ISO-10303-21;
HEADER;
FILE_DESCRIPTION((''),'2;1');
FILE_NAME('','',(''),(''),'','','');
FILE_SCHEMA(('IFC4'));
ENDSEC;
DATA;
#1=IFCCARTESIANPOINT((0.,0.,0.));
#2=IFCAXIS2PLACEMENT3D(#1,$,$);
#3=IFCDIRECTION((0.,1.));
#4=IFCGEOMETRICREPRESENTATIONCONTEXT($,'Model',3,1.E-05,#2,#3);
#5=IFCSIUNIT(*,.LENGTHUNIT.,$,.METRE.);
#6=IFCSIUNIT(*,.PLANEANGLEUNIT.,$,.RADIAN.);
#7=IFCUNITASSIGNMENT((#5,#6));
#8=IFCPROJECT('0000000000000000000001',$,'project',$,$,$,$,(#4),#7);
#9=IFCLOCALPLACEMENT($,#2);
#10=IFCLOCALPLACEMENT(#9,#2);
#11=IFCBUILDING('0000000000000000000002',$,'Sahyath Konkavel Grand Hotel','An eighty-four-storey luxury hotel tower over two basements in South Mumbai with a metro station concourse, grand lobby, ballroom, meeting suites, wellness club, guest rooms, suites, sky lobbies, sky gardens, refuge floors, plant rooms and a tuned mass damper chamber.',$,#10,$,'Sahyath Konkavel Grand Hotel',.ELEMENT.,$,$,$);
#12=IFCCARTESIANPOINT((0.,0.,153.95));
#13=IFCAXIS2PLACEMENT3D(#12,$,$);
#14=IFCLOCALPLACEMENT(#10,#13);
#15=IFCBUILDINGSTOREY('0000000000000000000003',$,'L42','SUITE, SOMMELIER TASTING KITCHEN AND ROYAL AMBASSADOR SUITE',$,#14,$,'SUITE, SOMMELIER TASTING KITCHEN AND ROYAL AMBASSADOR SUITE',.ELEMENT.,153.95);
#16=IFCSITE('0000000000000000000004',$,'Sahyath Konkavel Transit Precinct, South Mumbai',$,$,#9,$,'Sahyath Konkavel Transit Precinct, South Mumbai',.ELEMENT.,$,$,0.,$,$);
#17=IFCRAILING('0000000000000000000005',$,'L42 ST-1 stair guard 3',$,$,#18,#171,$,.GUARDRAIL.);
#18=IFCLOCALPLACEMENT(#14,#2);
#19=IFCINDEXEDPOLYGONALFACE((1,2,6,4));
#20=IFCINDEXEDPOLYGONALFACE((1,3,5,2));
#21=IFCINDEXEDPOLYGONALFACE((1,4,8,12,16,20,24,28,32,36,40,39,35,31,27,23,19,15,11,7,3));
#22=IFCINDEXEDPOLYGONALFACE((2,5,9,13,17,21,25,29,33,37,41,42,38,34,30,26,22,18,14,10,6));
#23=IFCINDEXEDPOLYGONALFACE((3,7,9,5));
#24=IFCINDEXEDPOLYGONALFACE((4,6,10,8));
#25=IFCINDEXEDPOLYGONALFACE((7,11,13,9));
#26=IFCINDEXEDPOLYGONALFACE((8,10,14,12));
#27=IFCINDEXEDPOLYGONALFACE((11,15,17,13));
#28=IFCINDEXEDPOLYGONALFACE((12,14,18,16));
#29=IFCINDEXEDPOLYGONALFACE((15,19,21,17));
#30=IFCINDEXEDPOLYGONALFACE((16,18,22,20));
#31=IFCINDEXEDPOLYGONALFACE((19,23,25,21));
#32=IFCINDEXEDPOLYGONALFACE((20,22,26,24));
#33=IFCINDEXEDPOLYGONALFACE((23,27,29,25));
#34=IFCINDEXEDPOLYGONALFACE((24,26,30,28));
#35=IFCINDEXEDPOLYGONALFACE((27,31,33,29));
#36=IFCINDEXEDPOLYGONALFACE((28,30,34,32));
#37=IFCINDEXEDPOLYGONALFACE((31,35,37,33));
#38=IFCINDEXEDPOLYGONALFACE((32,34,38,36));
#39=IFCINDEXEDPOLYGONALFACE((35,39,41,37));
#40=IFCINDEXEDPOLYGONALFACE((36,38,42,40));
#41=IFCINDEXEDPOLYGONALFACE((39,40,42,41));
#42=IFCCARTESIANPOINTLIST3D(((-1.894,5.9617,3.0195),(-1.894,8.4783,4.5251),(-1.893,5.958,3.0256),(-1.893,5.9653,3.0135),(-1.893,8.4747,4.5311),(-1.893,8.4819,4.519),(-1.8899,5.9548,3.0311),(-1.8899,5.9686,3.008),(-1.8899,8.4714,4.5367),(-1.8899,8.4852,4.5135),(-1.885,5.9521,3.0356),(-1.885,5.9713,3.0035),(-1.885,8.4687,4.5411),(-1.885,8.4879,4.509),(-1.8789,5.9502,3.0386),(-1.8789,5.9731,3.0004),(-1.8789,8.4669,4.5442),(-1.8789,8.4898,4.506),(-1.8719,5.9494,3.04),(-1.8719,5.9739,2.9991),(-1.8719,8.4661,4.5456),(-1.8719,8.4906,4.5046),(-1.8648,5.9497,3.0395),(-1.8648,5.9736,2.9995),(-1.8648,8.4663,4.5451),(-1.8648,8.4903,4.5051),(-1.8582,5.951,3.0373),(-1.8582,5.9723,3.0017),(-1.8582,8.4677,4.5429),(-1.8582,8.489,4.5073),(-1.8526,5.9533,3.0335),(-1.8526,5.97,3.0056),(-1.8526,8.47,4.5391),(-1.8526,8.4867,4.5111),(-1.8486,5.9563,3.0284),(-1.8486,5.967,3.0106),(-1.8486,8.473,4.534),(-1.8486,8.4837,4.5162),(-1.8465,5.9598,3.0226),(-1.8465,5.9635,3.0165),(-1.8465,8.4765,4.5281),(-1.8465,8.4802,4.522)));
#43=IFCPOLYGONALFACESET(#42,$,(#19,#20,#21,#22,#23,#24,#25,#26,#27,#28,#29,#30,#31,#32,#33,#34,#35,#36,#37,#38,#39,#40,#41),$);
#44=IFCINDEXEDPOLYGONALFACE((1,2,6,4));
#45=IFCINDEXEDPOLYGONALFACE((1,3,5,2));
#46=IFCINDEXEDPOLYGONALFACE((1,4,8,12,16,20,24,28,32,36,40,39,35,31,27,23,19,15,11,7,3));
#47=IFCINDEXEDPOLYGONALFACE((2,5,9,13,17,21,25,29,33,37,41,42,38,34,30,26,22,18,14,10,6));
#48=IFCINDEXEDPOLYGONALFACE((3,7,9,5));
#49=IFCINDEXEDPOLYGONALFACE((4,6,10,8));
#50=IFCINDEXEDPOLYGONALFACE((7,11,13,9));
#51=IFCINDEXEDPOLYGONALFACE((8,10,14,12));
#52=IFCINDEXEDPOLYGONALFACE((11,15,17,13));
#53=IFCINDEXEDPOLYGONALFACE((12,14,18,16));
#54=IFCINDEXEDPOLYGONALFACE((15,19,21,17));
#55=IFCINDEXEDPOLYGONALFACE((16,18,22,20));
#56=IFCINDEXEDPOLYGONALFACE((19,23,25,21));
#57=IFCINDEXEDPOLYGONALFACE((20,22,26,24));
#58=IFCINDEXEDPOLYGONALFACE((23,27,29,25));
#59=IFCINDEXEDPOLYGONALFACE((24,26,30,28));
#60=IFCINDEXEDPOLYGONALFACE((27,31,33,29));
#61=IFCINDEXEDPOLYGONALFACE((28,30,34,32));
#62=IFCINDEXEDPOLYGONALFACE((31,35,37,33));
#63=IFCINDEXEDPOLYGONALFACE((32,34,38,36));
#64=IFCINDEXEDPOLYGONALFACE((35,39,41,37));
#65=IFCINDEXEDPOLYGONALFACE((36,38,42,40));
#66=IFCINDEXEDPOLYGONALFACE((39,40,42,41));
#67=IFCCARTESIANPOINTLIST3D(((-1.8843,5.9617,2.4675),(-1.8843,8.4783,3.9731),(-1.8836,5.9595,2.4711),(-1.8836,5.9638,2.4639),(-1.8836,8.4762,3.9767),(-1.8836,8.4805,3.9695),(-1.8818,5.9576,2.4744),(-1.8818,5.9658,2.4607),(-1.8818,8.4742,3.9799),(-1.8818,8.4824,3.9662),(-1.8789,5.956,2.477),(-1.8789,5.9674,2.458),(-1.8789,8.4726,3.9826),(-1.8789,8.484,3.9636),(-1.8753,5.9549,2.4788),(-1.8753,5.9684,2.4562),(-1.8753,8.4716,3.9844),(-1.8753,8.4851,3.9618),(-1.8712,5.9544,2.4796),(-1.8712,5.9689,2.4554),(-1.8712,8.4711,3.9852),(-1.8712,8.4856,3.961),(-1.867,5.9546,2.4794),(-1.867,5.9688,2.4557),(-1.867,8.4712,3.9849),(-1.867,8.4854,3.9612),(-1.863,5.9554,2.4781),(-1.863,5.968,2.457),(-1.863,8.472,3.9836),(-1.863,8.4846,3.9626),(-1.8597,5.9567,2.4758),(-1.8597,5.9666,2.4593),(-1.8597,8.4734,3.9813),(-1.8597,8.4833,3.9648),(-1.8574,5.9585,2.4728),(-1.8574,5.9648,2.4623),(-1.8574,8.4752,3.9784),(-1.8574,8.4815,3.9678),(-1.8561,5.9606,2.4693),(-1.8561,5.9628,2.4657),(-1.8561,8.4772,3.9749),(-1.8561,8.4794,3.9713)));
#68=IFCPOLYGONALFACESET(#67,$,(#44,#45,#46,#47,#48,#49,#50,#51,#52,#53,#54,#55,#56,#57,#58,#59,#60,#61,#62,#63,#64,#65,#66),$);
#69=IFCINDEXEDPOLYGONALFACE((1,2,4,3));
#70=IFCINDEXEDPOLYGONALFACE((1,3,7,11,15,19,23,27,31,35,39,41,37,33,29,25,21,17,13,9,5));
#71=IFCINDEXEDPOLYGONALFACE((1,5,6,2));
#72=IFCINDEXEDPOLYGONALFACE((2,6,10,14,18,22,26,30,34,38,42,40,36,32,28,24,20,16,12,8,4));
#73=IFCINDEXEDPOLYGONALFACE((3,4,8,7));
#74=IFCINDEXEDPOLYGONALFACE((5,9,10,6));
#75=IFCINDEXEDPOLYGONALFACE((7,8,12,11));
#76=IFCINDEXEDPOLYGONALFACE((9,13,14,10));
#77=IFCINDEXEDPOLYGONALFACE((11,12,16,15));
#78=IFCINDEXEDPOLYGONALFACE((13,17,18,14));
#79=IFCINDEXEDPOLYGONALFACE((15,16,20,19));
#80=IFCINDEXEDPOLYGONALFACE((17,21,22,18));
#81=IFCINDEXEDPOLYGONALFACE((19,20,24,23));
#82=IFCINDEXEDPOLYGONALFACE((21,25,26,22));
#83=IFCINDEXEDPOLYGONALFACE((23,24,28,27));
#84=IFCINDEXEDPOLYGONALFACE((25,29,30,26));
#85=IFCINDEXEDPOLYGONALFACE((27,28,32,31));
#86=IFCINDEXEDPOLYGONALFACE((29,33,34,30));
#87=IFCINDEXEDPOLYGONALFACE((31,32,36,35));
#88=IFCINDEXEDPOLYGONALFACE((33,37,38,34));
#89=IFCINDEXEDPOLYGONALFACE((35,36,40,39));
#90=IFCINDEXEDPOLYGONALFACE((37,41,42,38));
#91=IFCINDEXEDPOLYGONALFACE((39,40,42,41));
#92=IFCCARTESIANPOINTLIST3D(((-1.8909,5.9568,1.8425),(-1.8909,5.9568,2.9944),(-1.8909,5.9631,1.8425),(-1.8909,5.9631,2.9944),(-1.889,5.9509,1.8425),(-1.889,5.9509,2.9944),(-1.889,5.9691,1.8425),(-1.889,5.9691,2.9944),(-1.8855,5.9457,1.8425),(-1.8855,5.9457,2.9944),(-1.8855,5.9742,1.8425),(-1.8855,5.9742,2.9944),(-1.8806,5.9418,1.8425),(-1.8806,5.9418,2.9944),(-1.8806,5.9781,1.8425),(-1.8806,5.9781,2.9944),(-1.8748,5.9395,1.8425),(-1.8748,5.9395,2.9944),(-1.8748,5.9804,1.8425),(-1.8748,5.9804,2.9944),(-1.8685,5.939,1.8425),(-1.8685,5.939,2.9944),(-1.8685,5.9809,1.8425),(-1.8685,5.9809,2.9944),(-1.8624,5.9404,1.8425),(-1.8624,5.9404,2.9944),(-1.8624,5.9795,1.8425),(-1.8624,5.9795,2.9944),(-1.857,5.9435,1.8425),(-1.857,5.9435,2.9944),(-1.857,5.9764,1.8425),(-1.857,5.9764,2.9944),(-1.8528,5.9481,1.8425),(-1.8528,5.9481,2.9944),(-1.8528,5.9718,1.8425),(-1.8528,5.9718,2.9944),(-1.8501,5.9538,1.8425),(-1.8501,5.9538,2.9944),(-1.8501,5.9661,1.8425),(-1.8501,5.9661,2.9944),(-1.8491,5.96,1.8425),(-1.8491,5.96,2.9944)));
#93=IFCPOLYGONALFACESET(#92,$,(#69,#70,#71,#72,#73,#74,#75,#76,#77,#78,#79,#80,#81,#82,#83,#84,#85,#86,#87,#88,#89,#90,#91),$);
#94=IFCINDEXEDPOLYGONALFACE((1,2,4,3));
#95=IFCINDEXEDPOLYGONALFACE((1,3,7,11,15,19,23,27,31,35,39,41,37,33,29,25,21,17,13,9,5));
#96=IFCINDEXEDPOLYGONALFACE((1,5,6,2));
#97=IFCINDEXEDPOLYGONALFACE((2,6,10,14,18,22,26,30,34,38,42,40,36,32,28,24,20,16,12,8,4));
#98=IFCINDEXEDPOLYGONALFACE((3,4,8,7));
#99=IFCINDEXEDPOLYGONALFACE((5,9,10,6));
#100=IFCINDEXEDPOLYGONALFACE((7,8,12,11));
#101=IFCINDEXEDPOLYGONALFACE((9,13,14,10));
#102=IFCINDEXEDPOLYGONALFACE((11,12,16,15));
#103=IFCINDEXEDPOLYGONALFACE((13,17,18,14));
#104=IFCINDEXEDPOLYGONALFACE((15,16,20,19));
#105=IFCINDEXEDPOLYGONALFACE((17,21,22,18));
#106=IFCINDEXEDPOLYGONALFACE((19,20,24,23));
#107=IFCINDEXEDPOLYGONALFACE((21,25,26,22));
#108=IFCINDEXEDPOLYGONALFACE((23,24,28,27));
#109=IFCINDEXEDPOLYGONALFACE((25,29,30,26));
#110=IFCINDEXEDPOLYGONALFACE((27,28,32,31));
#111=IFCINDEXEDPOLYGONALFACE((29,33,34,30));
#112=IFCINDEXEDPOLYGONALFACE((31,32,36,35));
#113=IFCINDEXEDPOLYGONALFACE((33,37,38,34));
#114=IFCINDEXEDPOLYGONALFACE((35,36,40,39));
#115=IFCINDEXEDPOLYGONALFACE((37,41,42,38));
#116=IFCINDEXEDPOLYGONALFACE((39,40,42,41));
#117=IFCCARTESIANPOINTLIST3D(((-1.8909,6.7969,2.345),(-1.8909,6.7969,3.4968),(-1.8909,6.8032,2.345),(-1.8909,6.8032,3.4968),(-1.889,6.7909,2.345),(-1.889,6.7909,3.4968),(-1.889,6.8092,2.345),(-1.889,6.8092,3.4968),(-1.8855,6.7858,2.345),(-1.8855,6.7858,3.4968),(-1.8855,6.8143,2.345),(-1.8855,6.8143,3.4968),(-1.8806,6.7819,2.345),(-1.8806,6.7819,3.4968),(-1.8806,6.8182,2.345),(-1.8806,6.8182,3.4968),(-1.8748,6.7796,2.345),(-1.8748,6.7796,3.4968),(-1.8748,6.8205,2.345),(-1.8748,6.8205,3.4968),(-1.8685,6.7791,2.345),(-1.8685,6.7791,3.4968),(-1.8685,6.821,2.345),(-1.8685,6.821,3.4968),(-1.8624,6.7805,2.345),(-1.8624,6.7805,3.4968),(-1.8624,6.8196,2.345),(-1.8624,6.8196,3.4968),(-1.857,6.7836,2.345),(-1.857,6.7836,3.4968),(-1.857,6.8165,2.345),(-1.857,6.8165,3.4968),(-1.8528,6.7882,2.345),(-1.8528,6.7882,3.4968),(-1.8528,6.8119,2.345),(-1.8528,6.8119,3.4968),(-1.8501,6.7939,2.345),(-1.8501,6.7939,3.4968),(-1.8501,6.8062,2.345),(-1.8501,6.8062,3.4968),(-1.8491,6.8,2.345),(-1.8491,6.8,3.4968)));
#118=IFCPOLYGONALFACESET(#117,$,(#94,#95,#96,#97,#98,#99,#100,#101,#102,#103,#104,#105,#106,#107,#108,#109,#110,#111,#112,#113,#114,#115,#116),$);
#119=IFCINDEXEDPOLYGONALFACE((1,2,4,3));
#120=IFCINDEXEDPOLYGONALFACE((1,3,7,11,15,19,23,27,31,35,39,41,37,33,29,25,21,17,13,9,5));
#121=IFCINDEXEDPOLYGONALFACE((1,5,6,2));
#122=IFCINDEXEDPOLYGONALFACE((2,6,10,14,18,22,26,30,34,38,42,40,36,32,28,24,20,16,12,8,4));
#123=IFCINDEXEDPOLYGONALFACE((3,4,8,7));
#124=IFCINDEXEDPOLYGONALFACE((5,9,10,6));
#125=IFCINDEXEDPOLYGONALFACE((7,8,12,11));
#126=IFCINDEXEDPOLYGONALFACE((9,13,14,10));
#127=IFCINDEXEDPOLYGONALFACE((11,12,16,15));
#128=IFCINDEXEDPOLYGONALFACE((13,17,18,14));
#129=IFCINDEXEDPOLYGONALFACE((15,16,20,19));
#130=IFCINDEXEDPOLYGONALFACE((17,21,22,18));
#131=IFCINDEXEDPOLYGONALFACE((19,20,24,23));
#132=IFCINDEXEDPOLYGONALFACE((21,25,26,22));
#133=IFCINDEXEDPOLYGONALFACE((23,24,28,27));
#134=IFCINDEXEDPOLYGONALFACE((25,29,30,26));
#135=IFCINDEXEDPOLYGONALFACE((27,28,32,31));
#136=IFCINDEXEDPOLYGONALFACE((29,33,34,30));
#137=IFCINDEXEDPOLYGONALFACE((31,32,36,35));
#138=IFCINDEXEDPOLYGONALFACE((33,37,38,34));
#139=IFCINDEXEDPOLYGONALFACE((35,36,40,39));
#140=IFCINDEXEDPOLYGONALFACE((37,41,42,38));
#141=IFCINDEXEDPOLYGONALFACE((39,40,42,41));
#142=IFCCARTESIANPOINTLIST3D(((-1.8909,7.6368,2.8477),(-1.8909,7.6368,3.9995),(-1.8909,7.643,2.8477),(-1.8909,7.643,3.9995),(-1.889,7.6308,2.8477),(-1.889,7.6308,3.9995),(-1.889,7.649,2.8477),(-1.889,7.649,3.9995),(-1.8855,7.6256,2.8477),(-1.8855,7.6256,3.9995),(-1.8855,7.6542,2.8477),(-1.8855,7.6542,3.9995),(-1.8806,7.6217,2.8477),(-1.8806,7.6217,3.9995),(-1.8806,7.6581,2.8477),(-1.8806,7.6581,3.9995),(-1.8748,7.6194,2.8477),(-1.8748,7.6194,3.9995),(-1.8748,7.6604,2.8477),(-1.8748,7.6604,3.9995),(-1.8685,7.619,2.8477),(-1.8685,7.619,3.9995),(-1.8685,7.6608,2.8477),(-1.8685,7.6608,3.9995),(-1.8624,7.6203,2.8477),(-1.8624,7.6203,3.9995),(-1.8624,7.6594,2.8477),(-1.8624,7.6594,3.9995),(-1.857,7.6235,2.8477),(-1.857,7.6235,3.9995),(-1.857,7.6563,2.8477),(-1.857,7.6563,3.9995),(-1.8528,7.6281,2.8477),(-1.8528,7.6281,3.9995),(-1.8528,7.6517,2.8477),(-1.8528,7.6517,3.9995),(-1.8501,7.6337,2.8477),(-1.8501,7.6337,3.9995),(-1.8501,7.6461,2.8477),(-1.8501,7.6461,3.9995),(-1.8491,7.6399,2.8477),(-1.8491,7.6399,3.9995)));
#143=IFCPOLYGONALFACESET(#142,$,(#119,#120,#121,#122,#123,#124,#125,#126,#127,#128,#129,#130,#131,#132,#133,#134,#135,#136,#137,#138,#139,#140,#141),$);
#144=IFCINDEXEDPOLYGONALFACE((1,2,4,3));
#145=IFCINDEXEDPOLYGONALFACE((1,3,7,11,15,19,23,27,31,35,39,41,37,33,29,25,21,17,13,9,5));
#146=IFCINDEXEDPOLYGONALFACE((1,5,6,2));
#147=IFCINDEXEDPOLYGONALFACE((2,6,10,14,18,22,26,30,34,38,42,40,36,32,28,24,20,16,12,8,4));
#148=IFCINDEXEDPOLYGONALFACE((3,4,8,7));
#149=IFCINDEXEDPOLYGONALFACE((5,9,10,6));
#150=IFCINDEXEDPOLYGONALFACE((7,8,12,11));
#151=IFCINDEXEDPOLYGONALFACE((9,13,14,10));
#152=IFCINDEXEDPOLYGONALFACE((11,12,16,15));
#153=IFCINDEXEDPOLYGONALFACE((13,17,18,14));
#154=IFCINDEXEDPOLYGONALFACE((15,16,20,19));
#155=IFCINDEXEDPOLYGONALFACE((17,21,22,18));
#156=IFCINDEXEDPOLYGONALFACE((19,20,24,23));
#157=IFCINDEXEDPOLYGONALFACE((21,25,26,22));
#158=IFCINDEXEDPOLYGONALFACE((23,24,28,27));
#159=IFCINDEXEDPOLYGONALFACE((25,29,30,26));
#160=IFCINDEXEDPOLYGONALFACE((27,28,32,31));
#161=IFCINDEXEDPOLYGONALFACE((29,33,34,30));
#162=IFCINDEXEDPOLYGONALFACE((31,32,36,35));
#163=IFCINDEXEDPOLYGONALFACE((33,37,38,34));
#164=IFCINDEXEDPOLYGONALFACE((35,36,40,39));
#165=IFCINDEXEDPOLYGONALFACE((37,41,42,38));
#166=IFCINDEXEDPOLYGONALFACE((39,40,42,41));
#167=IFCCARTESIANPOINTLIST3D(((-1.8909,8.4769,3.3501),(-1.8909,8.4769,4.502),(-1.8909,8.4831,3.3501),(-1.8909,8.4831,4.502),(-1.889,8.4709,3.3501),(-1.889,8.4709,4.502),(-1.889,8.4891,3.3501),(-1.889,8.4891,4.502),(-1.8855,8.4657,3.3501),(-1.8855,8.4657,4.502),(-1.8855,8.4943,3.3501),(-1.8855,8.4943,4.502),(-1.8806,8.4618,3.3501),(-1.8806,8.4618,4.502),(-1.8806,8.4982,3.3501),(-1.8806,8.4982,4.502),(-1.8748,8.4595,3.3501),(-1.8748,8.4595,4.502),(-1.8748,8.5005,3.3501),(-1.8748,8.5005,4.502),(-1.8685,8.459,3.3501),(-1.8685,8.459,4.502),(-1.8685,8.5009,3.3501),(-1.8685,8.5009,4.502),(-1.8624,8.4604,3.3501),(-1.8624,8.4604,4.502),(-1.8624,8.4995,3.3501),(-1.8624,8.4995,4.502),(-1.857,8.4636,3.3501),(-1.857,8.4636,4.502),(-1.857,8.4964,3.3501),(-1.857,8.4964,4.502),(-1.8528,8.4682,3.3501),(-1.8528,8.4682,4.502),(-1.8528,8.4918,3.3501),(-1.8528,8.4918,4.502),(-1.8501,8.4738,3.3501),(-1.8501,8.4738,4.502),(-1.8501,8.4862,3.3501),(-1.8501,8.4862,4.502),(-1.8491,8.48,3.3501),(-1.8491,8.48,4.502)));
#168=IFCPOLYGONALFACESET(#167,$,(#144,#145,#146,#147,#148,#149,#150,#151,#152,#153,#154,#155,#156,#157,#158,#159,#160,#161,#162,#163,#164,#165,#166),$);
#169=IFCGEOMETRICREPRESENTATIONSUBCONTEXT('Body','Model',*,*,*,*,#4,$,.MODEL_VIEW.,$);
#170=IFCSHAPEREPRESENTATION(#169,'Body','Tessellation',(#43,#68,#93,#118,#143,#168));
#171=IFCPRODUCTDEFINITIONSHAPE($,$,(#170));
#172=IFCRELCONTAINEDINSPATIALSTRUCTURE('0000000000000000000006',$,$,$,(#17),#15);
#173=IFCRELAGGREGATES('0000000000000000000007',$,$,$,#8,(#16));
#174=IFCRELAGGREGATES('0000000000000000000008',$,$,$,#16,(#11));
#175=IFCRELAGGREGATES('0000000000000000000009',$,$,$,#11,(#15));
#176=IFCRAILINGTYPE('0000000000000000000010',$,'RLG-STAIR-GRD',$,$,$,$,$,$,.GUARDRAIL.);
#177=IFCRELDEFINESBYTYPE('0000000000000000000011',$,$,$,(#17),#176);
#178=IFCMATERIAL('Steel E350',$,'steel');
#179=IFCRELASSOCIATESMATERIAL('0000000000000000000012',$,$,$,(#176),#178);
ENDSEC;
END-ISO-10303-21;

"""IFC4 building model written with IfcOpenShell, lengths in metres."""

from ifc_helpers import new_model, si_unit, direction, frame, origin, origin_2d, place, context, subcontext, project, spatial, circle, extrude, material, type_object, element, save


model = new_model("IFC4")

# Units and contexts
model_context = context("Model", 3, precision=1e-05, world=origin(), true_north=direction((0.0, 1.0)))
body_context = subcontext(model_context, "Body", "Model", "MODEL_VIEW")
ifc_project = project(units=[si_unit("LENGTHUNIT", "METRE"), si_unit("PLANEANGLEUNIT", "RADIAN")], contexts=[model_context])

# Site, building, storey
site_placement = place(None, origin())
site = spatial("IfcSite", under=ifc_project, at=site_placement, Name="Sahyath Konkavel Transit Precinct, South Mumbai", LongName="Sahyath Konkavel Transit Precinct, South Mumbai", CompositionType="ELEMENT", RefElevation=0.0)
building_placement = place(site_placement, origin())
building = spatial("IfcBuilding", under=site, at=building_placement, Name="Sahyath Konkavel Grand Hotel", Description="An eighty-four-storey luxury hotel tower over two basements in South Mumbai with a metro station concourse, grand lobby, ballroom, meeting suites, wellness club, guest rooms, suites, sky lobbies, sky gardens, refuge floors, plant rooms and a tuned mass damper chamber.", LongName="Sahyath Konkavel Grand Hotel", CompositionType="ELEMENT")
storey_placement = place(building_placement, frame((0.0, 0.0, 153.95)))
storey = spatial("IfcBuildingStorey", under=building, at=storey_placement, Name="L42", Description="SUITE, SOMMELIER TASTING KITCHEN AND ROYAL AMBASSADOR SUITE", LongName="SUITE, SOMMELIER TASTING KITCHEN AND ROYAL AMBASSADOR SUITE", CompositionType="ELEMENT", Elevation=153.95)

# Shared definitions
ifc_material_1 = material(Name="Steel E350", Category="steel")

# Railing
railing_type_1 = type_object("IfcRailingType", Name="RLG-STAIR-GRD", PredefinedType="GUARDRAIL", material=ifc_material_1)
railing_1_placement = place(storey_placement, frame((-1.8701, 5.96, 1.8425)))
element("IfcRailing", 1, at=railing_1_placement, inside=storey, type_object=railing_type_1, Name="L42 ST-1 stair guard 3", PredefinedType="GUARDRAIL", context=body_context, shape_type="SweptSolid", body=[
    extrude(circle(Radius=0.0239, at=origin_2d()), frame((0.0, 0.0017, 1.177), z_axis=(0.0, 0.85816, 0.513383), x_axis=(-1.0, 0.0, 0.0)), (0.0, 0.0, 1.0), 2.9326),
    extrude(circle(Radius=0.0142, at=origin_2d()), frame((0.0, 0.0017, 0.625), z_axis=(0.0, 0.85816, 0.513383), x_axis=(-1.0, 0.0, 0.0)), (0.0, 0.0, 1.0), 2.9326),
    extrude(circle(Radius=0.021, at=origin_2d()), origin(), (0.0, 0.0, 1.0), 1.1519),
    extrude(circle(Radius=0.021, at=origin_2d()), frame((0.0, 0.8401, 0.5024)), (0.0, 0.0, 1.0), 1.1519),
    extrude(circle(Radius=0.021, at=origin_2d()), frame((0.0, 1.6799, 1.0051)), (0.0, 0.0, 1.0), 1.1519),
    extrude(circle(Radius=0.021, at=origin_2d()), frame((0.0, 2.52, 1.5076)), (0.0, 0.0, 1.0), 1.1519),
])

save(model, "model.ifc")
